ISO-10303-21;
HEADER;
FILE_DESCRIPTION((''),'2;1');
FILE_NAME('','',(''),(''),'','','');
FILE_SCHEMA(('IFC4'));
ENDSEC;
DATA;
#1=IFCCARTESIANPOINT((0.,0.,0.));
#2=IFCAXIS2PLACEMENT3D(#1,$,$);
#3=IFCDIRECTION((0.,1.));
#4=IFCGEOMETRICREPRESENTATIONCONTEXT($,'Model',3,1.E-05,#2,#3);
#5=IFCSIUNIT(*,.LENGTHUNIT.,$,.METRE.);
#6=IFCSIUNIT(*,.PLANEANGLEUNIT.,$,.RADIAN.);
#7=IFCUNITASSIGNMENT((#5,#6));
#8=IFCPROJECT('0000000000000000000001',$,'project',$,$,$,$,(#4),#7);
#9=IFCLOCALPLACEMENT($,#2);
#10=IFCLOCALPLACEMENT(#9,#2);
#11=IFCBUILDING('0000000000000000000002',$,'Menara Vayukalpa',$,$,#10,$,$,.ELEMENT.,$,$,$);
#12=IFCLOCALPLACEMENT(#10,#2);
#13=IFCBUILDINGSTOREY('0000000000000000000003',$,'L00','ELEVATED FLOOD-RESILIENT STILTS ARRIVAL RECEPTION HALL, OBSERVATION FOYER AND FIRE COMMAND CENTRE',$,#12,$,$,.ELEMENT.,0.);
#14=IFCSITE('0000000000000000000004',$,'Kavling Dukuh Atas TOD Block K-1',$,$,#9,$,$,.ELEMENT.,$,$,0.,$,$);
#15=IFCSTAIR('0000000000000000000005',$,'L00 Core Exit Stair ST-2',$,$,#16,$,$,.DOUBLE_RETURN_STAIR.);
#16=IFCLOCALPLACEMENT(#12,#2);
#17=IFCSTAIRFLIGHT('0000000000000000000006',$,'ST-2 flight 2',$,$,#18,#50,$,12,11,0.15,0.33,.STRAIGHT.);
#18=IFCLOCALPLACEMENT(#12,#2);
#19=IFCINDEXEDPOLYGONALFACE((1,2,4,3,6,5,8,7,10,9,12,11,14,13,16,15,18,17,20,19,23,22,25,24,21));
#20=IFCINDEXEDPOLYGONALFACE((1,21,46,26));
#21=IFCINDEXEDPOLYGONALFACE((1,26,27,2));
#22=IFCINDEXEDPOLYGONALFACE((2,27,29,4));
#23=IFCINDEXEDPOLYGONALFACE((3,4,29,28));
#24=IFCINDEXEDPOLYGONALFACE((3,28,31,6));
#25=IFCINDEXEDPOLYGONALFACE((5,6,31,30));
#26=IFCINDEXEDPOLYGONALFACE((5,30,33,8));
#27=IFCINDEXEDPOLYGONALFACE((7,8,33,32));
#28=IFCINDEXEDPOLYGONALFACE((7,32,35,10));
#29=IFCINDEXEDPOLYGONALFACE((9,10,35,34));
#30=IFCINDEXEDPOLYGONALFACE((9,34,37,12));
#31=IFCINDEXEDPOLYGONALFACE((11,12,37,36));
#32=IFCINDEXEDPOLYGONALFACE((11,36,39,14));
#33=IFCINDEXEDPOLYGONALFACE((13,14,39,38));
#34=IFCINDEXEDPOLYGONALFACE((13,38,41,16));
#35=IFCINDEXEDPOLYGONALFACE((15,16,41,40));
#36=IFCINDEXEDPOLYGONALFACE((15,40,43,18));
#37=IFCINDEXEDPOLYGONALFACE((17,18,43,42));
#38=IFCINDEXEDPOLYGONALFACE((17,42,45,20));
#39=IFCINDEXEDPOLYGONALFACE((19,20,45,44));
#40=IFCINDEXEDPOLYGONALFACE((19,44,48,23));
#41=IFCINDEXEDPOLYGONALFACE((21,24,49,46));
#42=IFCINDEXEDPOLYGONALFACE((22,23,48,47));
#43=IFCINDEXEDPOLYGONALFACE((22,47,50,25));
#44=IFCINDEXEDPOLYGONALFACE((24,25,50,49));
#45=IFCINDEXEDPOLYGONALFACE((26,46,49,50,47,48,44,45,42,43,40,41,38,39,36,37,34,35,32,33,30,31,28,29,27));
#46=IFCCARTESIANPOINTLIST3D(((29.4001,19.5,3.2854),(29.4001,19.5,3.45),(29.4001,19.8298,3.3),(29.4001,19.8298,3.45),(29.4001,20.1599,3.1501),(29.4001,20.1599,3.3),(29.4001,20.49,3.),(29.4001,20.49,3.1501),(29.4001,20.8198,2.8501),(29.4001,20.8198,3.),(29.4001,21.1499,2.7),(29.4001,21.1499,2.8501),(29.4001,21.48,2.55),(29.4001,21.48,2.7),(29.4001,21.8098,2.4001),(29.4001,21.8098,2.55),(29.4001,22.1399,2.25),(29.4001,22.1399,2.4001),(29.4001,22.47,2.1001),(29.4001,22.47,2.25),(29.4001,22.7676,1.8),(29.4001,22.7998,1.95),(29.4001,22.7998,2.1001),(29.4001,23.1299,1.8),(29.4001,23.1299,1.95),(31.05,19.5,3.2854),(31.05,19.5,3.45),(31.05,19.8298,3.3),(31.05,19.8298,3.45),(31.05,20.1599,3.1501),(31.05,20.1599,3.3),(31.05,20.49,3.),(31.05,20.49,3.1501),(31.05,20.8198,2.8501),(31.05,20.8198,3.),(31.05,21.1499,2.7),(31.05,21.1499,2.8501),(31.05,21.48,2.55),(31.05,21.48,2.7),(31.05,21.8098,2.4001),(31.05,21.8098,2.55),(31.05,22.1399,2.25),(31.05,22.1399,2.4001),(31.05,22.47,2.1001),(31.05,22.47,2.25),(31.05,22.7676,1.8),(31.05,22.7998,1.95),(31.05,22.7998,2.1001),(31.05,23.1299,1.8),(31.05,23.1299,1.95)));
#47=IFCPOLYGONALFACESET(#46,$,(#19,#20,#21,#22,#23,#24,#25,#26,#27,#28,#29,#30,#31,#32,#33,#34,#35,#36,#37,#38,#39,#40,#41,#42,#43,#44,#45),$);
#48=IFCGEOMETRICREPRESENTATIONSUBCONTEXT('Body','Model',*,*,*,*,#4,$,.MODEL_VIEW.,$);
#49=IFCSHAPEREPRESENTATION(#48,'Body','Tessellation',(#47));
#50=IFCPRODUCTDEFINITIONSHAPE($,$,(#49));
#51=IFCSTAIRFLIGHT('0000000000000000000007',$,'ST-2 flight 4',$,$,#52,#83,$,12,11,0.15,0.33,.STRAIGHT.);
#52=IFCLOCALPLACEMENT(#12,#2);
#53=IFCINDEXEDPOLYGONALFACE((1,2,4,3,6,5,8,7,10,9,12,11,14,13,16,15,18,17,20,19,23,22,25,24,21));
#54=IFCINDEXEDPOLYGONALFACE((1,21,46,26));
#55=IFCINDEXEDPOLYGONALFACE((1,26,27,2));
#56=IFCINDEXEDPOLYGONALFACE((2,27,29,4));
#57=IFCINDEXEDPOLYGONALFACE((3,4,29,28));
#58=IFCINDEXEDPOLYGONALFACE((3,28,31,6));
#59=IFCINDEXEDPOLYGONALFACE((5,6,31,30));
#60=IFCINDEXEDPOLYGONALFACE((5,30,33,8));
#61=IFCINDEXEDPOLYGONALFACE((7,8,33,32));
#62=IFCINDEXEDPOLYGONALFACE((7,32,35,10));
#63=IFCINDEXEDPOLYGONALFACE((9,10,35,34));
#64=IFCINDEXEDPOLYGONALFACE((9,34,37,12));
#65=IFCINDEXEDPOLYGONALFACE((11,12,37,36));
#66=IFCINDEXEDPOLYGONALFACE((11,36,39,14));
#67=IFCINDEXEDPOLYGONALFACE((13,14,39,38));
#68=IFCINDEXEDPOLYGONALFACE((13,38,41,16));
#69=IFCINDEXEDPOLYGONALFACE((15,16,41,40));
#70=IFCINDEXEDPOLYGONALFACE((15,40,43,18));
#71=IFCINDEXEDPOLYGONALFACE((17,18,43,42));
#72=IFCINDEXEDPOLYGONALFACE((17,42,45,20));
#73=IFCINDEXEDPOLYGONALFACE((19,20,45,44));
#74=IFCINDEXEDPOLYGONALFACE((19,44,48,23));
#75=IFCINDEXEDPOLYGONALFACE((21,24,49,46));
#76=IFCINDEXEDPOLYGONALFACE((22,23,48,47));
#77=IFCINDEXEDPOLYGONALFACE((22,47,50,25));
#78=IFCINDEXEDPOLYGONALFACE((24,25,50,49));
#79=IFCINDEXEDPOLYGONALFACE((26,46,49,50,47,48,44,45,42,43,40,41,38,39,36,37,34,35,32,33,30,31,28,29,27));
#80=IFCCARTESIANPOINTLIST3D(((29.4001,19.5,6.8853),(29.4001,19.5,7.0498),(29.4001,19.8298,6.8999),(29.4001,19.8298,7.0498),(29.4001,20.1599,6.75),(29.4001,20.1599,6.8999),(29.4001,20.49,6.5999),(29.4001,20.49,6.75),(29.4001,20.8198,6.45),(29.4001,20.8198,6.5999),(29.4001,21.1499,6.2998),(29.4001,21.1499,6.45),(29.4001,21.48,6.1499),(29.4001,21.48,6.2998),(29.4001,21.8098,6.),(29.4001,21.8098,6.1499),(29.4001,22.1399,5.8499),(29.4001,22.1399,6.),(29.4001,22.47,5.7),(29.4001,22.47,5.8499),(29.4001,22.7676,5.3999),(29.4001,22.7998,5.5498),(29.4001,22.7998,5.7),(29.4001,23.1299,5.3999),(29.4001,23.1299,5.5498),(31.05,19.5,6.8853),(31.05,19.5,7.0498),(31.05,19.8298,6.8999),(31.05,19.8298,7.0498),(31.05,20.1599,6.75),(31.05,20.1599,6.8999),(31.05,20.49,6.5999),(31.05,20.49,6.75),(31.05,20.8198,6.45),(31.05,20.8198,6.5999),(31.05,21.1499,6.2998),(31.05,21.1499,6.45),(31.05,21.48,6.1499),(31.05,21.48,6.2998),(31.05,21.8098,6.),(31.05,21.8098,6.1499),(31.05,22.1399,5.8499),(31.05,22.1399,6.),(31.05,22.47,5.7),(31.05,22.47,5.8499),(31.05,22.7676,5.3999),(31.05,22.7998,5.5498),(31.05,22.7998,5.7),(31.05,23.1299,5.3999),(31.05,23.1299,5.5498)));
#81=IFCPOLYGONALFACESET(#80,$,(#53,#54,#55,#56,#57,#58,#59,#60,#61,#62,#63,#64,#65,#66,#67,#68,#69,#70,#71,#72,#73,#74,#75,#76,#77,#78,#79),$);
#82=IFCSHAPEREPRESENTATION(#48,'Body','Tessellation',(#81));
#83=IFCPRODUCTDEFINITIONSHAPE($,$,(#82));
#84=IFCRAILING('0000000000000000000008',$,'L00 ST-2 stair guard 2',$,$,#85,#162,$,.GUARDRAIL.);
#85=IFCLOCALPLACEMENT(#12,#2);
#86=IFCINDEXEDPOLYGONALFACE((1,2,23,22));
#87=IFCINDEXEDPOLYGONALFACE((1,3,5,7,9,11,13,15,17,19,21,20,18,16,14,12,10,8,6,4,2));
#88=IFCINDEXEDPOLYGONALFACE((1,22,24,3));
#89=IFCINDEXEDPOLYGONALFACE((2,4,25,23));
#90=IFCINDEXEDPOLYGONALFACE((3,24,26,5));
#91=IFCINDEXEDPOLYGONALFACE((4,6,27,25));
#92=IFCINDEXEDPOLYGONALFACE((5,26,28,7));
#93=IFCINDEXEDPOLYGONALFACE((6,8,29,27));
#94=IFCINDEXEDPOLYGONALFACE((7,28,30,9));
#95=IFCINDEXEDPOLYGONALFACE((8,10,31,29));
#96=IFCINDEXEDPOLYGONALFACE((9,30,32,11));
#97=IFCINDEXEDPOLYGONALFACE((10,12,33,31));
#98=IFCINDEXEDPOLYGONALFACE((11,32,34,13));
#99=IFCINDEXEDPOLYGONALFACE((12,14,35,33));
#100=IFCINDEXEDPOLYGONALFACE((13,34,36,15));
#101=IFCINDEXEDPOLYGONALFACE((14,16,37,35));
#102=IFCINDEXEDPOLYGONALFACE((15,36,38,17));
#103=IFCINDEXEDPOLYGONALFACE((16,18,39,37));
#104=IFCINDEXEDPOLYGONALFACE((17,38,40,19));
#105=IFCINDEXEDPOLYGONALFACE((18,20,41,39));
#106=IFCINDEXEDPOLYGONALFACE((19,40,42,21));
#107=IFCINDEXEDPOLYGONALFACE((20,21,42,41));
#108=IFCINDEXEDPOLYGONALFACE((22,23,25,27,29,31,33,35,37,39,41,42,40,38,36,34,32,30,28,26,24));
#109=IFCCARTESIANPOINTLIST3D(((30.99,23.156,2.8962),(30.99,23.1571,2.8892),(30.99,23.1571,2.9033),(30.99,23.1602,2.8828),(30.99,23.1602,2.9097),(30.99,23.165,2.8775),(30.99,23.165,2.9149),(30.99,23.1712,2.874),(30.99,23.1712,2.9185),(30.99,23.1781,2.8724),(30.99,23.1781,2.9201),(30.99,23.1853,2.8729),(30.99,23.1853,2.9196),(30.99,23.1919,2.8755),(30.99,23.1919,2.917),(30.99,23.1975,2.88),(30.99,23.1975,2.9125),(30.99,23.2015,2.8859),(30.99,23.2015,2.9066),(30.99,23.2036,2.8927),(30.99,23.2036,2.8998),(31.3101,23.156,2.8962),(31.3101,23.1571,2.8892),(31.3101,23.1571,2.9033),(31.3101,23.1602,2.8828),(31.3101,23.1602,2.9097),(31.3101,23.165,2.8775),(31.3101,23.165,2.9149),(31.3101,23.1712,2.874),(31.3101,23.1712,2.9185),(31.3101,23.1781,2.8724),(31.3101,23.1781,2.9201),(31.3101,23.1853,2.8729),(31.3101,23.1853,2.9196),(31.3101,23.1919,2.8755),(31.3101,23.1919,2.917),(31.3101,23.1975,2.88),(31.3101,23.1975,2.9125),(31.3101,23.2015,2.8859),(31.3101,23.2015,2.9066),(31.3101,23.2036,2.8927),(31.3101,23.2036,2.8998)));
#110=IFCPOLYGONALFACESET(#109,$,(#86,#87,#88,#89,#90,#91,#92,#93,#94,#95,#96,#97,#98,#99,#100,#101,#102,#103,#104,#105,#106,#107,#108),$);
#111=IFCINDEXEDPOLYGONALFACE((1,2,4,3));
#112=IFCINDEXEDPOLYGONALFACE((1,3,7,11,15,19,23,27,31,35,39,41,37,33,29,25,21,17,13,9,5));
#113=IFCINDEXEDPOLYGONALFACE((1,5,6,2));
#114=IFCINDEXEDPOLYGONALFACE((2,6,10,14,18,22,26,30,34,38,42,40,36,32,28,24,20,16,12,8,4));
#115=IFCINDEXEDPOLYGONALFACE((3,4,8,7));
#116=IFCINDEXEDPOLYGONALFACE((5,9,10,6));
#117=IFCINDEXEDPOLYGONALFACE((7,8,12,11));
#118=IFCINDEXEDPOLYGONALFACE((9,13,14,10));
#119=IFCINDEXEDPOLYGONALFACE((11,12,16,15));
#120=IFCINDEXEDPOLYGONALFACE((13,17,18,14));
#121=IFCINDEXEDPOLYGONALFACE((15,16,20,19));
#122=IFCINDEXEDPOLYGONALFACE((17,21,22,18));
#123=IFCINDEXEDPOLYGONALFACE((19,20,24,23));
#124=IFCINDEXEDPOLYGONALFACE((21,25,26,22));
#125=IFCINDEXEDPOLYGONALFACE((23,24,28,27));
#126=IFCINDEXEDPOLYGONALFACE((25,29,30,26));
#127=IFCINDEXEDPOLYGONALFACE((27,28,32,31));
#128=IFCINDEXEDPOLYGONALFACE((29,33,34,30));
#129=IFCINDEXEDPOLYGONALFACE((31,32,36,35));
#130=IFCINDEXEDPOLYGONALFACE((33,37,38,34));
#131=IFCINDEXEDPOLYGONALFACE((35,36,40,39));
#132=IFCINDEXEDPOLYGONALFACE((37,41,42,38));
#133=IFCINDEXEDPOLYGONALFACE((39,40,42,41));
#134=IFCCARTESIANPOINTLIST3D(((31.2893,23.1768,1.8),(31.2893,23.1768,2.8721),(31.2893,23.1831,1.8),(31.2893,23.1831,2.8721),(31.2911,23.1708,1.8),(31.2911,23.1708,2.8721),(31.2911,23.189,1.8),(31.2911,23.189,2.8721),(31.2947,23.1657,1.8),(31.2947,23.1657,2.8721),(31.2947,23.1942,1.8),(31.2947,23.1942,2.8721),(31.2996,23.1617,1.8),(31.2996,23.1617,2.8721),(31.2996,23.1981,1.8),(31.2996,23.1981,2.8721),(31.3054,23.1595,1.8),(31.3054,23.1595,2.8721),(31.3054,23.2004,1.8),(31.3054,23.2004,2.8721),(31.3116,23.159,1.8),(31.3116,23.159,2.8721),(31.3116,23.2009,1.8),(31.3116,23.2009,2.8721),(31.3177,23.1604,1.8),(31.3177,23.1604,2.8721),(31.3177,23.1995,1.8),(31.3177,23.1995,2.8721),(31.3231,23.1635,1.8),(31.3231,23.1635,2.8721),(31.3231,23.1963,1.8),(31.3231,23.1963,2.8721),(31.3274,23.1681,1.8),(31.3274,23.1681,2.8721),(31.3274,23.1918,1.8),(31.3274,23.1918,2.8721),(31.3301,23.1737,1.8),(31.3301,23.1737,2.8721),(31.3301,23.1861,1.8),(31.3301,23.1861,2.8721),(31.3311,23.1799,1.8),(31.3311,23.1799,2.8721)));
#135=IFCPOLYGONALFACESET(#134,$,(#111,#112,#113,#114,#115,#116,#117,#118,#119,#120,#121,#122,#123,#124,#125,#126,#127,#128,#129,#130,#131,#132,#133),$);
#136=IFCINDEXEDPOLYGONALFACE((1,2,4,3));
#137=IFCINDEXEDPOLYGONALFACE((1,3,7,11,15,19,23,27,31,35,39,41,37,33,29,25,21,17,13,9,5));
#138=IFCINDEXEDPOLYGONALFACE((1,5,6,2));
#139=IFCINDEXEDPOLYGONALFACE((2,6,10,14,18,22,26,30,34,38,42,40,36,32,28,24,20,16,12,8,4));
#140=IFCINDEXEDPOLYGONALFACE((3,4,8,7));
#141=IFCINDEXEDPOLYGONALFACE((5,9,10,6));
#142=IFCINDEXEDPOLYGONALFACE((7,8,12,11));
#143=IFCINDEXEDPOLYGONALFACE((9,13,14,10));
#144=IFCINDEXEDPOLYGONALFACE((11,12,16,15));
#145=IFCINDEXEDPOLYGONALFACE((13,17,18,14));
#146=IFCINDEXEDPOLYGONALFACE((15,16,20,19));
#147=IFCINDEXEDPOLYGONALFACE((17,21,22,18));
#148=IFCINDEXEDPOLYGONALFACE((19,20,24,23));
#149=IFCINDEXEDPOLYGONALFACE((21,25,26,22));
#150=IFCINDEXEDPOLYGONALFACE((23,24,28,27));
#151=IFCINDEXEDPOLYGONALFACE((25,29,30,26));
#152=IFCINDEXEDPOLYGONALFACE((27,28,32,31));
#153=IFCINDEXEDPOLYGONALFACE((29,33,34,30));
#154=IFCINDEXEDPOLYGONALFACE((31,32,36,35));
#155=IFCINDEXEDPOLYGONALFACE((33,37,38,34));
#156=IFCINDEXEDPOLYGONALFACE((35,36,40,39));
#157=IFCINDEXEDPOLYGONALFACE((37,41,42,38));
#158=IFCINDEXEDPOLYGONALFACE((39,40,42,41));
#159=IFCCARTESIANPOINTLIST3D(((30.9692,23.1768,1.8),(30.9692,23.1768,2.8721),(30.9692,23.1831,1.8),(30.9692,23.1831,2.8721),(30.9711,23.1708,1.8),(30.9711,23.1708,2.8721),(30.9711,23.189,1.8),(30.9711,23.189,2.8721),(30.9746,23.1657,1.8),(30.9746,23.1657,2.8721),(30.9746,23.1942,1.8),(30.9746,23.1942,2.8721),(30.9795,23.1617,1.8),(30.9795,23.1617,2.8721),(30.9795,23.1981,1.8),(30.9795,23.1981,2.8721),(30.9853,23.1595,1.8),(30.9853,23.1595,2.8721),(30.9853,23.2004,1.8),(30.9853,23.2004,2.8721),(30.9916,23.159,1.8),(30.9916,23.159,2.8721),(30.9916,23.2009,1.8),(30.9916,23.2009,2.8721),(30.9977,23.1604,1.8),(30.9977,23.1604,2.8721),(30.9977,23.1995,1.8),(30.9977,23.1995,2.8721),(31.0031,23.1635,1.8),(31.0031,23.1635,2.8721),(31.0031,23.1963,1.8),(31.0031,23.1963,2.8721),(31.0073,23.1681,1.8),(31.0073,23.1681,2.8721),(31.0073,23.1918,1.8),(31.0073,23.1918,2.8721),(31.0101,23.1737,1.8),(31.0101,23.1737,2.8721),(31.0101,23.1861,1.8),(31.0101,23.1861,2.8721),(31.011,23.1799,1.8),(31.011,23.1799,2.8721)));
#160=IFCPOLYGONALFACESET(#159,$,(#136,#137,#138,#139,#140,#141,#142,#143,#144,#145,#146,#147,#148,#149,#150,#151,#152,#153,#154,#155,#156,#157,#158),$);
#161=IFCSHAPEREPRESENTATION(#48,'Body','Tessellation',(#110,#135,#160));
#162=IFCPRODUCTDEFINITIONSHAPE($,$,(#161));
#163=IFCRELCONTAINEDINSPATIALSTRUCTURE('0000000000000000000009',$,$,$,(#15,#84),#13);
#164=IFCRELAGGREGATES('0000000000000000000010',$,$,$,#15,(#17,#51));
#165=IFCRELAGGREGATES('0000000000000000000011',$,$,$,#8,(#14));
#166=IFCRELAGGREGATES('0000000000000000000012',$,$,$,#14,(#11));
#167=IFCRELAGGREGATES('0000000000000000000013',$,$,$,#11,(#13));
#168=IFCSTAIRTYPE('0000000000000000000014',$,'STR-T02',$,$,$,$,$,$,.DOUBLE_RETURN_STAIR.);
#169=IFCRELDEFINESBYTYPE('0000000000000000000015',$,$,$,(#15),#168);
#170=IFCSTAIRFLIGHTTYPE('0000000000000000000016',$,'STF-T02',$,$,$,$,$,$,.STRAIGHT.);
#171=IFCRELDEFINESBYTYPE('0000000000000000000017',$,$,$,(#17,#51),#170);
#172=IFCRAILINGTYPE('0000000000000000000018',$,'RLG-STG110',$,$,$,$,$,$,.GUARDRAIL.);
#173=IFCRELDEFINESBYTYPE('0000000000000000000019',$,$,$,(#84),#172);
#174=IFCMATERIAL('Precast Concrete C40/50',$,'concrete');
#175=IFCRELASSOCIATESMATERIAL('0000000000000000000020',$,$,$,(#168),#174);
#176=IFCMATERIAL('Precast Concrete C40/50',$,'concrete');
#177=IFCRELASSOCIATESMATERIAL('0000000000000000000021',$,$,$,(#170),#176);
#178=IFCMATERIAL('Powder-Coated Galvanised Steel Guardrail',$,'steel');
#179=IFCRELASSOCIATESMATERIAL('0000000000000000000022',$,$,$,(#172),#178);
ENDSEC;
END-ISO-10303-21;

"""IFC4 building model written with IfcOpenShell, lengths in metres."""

from ifc_helpers import new_model, si_unit, direction, frame, origin, origin_2d, place, context, subcontext, project, spatial, polyline, circle, outline, extrude, material, type_object, element, aggregate, save


model = new_model("IFC4")

# Units and contexts
model_context = context("Model", 3, precision=1e-05, world=origin(), true_north=direction((0.0, 1.0)))
body_context = subcontext(model_context, "Body", "Model", "MODEL_VIEW")
ifc_project = project(units=[si_unit("LENGTHUNIT", "METRE"), si_unit("PLANEANGLEUNIT", "RADIAN")], contexts=[model_context])

# Site, building, storey
site_placement = place(None, origin())
site = spatial("IfcSite", under=ifc_project, at=site_placement, Name="Kavling Dukuh Atas TOD Block K-1", CompositionType="ELEMENT", RefElevation=0.0)
building_placement = place(site_placement, origin())
building = spatial("IfcBuilding", under=site, at=building_placement, Name="Menara Vayukalpa", CompositionType="ELEMENT")
storey_placement = place(building_placement, origin())
storey = spatial("IfcBuildingStorey", under=building, at=storey_placement, Name="L00", Description="ELEVATED FLOOD-RESILIENT STILTS ARRIVAL RECEPTION HALL, OBSERVATION FOYER AND FIRE COMMAND CENTRE", CompositionType="ELEMENT", Elevation=0.0)

# Stair, stair flights
ifc_material_1 = material(Name="Precast Concrete C40/50", Category="concrete")
stair_type = type_object("IfcStairType", Name="STR-T02", PredefinedType="DOUBLE_RETURN_STAIR", material=ifc_material_1)
stair_placement = place(storey_placement, origin())
stair = element("IfcStair", 1, at=stair_placement, inside=storey, type_object=stair_type, Name="L00 Core Exit Stair ST-2", PredefinedType="DOUBLE_RETURN_STAIR")
ifc_material_2 = material(Name="Precast Concrete C40/50", Category="concrete")
stair_flight_type = type_object("IfcStairFlightType", Name="STF-T02", PredefinedType="STRAIGHT", material=ifc_material_2)
stair_flight_1_placement = place(storey_placement, frame((30.2251, 23.1299, 1.8), z_axis=(0.0, 0.0, 1.0), x_axis=(0.0, -1.0, 0.0)))
stair_flight_1 = element("IfcStairFlight", 2, at=stair_flight_1_placement, type_object=stair_flight_type, Name="ST-2 flight 2", NumberOfRisers=12, NumberOfTreads=11, PredefinedType="STRAIGHT", RiserHeight=0.15, TreadLength=0.33, context=body_context, shape_type="SweptSolid", body=[
    extrude(outline(polyline([(0.0, 0.0), (0.0, 0.1499), (0.3301, 0.1499), (0.3301, 0.3), (0.6599, 0.3), (0.6599, 0.45), (0.99, 0.45), (0.99, 0.6001), (1.3201, 0.6001), (1.3201, 0.75), (1.6499, 0.75), (1.6499, 0.8999), (1.98, 0.8999), (1.98, 1.05), (2.3101, 1.05), (2.3101, 1.2), (2.6399, 1.2), (2.6399, 1.3501), (2.97, 1.3501), (2.97, 1.5), (3.3, 1.5), (3.3, 1.6499), (3.6299, 1.6499), (3.6299, 1.8), (3.6299, 1.4854), (0.3623, 0.0), (0.0, 0.0)])), frame((0.0, 0.825, 0.0), z_axis=(0.0, -1.0, 0.0), x_axis=(1.0, 0.0, 0.0)), (0.0, 0.0, 1.0), 1.6499),
])
stair_flight_2_placement = place(storey_placement, frame((30.2251, 23.1299, 5.3999), z_axis=(0.0, 0.0, 1.0), x_axis=(0.0, -1.0, 0.0)))
stair_flight_2 = element("IfcStairFlight", 3, at=stair_flight_2_placement, type_object=stair_flight_type, Name="ST-2 flight 4", NumberOfRisers=12, NumberOfTreads=11, PredefinedType="STRAIGHT", RiserHeight=0.15, TreadLength=0.33, context=body_context, shape_type="SweptSolid", body=[
    extrude(outline(polyline([(0.0, 0.0), (0.0, 0.1499), (0.3301, 0.1499), (0.3301, 0.3), (0.6599, 0.3), (0.6599, 0.45), (0.99, 0.45), (0.99, 0.6001), (1.3201, 0.6001), (1.3201, 0.75), (1.6499, 0.75), (1.6499, 0.8999), (1.98, 0.8999), (1.98, 1.05), (2.3101, 1.05), (2.3101, 1.2), (2.6399, 1.2), (2.6399, 1.3501), (2.97, 1.3501), (2.97, 1.5), (3.3, 1.5), (3.3, 1.6499), (3.6299, 1.6499), (3.6299, 1.8), (3.6299, 1.4854), (0.3623, 0.0), (0.0, 0.0)])), frame((0.0, 0.825, 0.0), z_axis=(0.0, -1.0, 0.0), x_axis=(1.0, 0.0, 0.0)), (0.0, 0.0, 1.0), 1.6499),
])
aggregate(stair, [stair_flight_1, stair_flight_2])

# Railing
ifc_material_3 = material(Name="Powder-Coated Galvanised Steel Guardrail", Category="steel")
railing_type_1 = type_object("IfcRailingType", Name="RLG-STG110", PredefinedType="GUARDRAIL", material=ifc_material_3)
railing_1_placement = place(storey_placement, frame((31.3101, 23.1799, 1.8)))
element("IfcRailing", 4, at=railing_1_placement, inside=storey, type_object=railing_type_1, Name="L00 ST-2 stair guard 2", PredefinedType="GUARDRAIL", context=body_context, shape_type="SweptSolid", body=[
    extrude(circle(Radius=0.0239, at=origin_2d()), frame((0.0, 0.0, 1.0962), z_axis=(-1.0, 0.0, 0.0), x_axis=(0.0, -1.0, 0.0)), (0.0, 0.0, 1.0), 0.3201),
    extrude(circle(Radius=0.021, at=origin_2d()), origin(), (0.0, 0.0, 1.0), 1.072),
    extrude(circle(Radius=0.021, at=origin_2d()), frame((-0.3201, 0.0, 0.0)), (0.0, 0.0, 1.0), 1.072),
])

save(model, "model.ifc")
